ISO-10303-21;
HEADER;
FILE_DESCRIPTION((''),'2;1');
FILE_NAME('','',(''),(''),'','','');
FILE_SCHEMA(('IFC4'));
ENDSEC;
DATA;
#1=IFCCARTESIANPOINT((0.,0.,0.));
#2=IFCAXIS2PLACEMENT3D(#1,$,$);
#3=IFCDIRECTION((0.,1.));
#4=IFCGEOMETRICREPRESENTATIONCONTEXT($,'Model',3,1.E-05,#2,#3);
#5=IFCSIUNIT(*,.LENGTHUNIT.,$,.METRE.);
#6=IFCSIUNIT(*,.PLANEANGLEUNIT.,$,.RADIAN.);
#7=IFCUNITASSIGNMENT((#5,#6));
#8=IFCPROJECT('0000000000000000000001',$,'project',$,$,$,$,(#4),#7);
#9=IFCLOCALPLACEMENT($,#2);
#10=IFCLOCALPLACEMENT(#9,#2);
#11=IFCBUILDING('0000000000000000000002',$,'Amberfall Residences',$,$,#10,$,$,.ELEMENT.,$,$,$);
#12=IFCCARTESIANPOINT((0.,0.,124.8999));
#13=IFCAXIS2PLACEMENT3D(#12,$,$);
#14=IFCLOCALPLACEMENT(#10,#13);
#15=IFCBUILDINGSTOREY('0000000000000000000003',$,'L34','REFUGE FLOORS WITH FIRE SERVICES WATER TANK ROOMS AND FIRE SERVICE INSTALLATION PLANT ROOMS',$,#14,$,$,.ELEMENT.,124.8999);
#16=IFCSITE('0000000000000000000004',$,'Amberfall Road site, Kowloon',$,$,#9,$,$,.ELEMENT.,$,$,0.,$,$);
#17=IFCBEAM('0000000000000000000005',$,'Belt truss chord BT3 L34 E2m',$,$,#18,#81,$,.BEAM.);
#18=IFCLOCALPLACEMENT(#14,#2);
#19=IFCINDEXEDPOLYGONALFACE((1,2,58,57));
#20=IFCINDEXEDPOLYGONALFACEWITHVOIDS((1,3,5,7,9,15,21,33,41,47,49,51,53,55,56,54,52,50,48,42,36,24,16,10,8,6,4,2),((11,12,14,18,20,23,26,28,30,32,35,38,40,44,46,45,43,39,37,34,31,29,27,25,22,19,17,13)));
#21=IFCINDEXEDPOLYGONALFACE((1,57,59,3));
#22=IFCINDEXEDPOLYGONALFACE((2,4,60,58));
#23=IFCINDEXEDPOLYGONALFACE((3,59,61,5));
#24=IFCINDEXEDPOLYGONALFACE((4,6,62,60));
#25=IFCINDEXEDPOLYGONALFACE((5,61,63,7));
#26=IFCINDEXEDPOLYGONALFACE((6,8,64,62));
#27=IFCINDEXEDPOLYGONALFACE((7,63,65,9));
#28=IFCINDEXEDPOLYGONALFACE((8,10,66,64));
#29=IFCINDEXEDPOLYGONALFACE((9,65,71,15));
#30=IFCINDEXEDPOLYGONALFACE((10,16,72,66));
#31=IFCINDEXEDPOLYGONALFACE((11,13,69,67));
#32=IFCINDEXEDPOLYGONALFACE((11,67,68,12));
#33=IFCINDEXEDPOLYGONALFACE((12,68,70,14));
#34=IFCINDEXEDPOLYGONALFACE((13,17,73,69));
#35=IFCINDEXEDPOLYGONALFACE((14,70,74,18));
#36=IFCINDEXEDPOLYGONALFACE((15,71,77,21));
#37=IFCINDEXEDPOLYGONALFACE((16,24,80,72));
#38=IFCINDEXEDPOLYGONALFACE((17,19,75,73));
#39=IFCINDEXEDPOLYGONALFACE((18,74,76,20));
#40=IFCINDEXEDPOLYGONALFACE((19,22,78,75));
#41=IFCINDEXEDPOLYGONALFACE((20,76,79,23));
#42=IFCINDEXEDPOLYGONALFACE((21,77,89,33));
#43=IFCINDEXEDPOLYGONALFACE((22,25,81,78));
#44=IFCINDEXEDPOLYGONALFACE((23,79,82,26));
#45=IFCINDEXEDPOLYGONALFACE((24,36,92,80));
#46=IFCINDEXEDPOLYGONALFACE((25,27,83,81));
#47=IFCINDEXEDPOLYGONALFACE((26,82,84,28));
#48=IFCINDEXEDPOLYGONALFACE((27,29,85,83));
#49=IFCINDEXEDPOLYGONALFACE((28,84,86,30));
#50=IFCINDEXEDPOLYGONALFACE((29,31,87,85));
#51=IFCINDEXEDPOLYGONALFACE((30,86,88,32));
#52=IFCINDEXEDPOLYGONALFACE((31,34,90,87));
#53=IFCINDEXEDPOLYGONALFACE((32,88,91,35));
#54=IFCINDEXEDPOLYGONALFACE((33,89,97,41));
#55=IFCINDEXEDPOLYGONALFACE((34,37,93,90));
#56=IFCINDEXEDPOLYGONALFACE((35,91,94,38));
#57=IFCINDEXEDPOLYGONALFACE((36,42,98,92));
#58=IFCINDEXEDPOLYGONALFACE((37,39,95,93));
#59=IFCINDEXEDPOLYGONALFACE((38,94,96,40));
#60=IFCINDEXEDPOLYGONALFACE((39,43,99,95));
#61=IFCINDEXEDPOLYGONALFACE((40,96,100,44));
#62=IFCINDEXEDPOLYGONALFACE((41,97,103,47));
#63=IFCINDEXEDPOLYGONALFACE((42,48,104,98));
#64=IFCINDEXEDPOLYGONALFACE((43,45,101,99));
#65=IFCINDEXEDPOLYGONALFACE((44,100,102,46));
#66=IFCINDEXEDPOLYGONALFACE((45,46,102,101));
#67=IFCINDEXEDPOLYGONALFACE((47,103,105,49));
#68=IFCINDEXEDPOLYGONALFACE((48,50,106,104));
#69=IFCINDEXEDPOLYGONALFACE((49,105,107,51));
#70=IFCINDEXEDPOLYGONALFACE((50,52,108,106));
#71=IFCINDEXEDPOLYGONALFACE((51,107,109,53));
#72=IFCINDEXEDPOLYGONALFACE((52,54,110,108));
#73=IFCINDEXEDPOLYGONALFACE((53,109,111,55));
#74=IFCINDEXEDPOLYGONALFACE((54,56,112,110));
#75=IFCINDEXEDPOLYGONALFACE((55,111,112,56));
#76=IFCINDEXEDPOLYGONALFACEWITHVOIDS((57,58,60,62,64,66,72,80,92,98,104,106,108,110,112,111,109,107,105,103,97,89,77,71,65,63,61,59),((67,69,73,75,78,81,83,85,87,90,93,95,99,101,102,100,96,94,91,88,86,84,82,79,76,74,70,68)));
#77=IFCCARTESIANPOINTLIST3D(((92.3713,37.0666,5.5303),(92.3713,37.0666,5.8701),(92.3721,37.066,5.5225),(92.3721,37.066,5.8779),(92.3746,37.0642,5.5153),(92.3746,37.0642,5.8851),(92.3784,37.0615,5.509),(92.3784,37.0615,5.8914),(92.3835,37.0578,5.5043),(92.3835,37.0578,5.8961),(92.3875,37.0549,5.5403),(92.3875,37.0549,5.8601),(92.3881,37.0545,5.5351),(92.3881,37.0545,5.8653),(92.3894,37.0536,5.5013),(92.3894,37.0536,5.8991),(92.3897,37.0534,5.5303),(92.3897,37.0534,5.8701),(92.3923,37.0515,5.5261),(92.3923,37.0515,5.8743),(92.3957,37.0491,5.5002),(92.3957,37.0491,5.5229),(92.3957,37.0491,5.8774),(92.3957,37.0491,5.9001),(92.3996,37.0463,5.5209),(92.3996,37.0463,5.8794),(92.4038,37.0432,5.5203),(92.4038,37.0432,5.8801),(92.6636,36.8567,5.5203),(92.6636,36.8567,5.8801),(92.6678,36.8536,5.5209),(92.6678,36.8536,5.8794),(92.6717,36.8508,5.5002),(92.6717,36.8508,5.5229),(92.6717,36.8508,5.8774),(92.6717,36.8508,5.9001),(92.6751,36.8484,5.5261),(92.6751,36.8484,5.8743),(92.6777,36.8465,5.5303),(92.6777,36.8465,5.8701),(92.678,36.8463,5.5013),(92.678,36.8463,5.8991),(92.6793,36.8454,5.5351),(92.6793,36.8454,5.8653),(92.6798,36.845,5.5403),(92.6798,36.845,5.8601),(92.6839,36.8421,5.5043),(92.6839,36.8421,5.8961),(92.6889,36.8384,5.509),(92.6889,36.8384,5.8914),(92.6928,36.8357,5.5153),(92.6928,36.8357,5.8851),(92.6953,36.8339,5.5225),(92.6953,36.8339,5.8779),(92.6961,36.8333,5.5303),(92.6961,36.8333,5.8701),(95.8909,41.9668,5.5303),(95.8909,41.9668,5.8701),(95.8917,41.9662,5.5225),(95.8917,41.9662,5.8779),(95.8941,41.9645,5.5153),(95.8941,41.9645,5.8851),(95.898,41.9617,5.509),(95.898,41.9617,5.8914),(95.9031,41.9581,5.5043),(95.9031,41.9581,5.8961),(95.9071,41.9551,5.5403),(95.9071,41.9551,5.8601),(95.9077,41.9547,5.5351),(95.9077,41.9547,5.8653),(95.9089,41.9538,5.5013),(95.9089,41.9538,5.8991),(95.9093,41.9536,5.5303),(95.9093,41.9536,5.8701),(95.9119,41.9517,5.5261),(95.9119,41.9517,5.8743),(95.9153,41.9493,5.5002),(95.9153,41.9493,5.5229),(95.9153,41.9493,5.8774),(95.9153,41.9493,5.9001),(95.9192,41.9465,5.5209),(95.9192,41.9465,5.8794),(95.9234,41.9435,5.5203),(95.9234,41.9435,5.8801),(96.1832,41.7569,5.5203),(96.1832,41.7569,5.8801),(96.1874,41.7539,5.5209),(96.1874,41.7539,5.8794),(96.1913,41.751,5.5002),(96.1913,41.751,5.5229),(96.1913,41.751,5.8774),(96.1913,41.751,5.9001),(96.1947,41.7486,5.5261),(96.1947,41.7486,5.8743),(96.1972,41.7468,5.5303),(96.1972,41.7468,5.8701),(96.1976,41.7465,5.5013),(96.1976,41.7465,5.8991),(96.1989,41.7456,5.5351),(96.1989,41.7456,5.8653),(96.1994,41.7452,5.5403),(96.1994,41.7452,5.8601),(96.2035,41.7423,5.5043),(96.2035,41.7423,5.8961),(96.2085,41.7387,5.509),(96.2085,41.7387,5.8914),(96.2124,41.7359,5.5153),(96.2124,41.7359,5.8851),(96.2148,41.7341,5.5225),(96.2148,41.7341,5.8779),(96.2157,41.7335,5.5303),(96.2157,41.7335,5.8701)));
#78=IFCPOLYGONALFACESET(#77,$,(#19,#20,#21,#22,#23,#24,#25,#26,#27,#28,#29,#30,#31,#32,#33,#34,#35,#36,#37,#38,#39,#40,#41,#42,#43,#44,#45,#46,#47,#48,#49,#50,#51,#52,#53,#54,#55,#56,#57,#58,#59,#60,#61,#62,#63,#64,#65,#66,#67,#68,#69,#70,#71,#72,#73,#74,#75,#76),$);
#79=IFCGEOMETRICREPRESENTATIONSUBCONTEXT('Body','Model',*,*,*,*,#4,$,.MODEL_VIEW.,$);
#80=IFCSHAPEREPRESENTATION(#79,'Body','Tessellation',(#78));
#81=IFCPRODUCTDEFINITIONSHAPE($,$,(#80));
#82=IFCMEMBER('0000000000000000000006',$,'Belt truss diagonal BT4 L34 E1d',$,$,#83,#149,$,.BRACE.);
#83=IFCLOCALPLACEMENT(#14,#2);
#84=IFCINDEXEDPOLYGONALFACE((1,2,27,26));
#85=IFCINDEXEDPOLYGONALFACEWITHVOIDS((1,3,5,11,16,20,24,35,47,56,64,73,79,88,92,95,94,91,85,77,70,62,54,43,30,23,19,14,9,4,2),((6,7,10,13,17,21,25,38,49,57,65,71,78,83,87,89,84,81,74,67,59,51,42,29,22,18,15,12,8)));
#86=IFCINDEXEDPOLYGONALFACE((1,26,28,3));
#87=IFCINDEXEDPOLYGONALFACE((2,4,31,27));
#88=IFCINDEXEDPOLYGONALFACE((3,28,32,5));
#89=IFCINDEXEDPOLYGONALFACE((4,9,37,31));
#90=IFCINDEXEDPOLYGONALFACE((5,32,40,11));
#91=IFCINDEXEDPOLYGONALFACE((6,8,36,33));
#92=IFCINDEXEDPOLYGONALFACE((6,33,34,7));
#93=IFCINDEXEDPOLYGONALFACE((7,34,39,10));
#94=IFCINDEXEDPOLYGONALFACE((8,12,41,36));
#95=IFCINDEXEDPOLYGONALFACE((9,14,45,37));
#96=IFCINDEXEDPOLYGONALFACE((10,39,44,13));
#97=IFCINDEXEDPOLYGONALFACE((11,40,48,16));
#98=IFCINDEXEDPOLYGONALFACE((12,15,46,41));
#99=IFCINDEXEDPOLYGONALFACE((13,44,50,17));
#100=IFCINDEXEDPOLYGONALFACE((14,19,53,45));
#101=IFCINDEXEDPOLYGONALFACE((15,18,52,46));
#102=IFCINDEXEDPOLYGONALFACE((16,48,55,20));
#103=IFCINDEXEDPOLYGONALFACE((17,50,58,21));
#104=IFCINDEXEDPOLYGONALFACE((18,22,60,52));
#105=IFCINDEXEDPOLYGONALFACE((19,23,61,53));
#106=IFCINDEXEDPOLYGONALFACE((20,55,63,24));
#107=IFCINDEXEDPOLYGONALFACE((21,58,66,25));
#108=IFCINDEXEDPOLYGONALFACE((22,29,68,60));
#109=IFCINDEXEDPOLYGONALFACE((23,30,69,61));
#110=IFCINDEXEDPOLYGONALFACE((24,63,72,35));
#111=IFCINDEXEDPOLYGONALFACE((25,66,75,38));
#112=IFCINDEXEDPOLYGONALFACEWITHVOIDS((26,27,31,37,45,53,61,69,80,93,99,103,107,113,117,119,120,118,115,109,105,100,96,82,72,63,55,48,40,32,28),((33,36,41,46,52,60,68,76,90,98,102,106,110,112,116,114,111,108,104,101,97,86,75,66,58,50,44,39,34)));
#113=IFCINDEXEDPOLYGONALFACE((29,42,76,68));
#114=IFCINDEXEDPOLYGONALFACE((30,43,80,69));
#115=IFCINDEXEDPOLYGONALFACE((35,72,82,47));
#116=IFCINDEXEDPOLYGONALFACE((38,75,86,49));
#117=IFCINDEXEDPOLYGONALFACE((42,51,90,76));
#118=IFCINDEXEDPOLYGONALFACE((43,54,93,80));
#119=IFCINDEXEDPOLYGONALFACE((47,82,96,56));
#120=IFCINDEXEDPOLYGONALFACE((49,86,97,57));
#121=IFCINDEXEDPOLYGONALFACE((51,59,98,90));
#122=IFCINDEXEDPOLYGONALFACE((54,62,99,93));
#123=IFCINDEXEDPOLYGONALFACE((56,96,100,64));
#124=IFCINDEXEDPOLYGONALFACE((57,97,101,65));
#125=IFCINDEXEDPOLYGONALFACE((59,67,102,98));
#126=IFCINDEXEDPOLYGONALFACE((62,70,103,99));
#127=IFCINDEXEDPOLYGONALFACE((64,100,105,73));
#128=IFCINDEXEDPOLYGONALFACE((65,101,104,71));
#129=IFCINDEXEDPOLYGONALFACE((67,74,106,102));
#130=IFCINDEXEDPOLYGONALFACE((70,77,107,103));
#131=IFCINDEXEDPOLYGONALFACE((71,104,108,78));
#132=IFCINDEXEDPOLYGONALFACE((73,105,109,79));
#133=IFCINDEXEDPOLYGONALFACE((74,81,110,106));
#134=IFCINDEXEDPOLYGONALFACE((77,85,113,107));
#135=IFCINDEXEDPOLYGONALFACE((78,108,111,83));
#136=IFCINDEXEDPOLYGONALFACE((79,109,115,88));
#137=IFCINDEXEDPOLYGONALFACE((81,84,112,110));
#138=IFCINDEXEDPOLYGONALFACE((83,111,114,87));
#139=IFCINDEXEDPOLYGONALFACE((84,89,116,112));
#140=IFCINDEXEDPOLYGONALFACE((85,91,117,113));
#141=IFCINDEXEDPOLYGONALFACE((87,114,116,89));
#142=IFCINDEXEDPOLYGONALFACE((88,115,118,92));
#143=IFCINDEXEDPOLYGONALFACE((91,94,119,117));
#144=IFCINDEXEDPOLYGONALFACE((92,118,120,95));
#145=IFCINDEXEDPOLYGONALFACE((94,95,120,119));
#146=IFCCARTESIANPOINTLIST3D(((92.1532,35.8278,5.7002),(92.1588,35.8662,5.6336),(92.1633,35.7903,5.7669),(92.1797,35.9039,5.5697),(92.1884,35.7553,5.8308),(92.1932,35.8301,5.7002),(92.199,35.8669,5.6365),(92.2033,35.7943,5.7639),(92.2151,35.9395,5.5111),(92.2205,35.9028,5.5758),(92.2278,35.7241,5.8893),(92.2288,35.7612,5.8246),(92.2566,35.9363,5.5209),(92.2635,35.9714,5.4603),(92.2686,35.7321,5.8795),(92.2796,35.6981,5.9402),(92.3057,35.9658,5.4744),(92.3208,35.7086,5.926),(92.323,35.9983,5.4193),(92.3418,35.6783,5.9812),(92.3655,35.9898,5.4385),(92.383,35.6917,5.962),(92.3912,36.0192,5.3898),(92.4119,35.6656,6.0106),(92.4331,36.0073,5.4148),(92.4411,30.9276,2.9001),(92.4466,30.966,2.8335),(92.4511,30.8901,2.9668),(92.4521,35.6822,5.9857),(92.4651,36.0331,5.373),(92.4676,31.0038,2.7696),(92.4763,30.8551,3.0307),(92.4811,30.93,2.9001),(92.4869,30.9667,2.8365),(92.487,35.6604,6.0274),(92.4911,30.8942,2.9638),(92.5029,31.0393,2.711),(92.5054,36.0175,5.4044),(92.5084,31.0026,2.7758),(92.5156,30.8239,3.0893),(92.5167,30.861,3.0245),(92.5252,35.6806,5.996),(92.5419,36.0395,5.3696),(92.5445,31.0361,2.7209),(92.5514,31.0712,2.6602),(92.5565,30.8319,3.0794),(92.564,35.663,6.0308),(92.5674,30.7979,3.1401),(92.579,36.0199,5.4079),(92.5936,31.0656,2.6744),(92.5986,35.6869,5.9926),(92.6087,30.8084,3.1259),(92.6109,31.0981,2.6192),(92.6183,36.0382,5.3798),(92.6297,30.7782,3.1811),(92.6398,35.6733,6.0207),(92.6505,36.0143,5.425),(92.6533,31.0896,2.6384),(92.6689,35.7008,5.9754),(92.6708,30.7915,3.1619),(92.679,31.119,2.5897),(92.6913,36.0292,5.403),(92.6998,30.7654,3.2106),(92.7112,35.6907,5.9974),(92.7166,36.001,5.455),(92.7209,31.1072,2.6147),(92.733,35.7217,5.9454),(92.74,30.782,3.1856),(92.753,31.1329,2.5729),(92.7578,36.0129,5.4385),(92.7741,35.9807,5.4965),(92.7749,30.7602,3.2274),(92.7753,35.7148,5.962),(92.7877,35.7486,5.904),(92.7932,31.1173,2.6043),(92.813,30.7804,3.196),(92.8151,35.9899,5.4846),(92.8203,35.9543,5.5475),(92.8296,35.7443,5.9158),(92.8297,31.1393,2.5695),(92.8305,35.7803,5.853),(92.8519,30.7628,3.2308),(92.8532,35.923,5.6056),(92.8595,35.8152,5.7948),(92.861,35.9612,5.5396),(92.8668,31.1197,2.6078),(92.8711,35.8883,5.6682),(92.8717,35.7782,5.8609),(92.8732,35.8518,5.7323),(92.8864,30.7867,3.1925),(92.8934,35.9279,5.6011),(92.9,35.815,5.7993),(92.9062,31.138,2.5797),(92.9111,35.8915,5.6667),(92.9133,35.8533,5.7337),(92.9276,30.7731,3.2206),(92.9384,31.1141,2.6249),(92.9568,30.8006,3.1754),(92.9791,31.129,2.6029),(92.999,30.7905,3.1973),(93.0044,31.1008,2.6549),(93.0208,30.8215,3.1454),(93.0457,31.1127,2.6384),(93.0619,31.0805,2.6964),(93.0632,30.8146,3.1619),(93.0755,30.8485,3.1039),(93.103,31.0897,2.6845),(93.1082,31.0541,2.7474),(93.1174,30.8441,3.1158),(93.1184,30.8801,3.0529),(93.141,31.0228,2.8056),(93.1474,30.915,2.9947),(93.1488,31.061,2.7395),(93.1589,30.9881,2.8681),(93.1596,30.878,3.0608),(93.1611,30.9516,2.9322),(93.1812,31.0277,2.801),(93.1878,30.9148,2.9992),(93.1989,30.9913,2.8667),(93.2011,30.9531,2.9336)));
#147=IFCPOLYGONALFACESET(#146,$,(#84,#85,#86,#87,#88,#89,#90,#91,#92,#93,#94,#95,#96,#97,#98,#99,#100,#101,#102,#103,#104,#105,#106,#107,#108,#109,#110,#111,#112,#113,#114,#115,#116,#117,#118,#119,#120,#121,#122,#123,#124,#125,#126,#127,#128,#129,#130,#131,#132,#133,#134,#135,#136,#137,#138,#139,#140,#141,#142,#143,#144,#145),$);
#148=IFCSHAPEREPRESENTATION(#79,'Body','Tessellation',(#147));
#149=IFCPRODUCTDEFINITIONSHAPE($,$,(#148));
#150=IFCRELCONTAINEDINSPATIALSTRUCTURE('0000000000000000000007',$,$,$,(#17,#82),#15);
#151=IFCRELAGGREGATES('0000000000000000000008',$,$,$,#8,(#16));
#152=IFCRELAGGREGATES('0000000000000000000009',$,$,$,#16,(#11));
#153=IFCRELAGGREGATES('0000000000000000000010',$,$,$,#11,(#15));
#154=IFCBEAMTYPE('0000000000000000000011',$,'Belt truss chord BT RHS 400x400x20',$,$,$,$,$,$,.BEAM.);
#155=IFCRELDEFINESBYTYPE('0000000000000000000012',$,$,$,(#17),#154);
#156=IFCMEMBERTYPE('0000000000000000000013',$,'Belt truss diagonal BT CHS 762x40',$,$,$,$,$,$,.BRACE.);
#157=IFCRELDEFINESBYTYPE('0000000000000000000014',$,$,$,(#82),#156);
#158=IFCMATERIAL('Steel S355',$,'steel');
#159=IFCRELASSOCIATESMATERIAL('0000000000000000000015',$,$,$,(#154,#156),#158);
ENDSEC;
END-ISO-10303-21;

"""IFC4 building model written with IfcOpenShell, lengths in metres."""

from ifc_helpers import new_model, si_unit, direction, frame, origin, origin_2d, place, context, subcontext, project, spatial, hollow_rectangle, hollow_circle, extrude, material, material_profile, profile_set, type_object, element, save


model = new_model("IFC4")

# Units and contexts
model_context = context("Model", 3, precision=1e-05, world=origin(), true_north=direction((0.0, 1.0)))
body_context = subcontext(model_context, "Body", "Model", "MODEL_VIEW")
ifc_project = project(units=[si_unit("LENGTHUNIT", "METRE"), si_unit("PLANEANGLEUNIT", "RADIAN")], contexts=[model_context])

# Site, building, storey
site_placement = place(None, origin())
site = spatial("IfcSite", under=ifc_project, at=site_placement, Name="Amberfall Road site, Kowloon", CompositionType="ELEMENT", RefElevation=0.0)
building_placement = place(site_placement, origin())
building = spatial("IfcBuilding", under=site, at=building_placement, Name="Amberfall Residences", CompositionType="ELEMENT")
storey_placement = place(building_placement, frame((0.0, 0.0, 124.8999)))
storey = spatial("IfcBuildingStorey", under=building, at=storey_placement, Name="L34", Description="REFUGE FLOORS WITH FIRE SERVICES WATER TANK ROOMS AND FIRE SERVICE INSTALLATION PLANT ROOMS", CompositionType="ELEMENT", Elevation=124.8999)

# Beam
ifc_material_1 = material(Name="Steel S355", Category="steel")
ifc_material_profile_1 = material_profile(ifc_material_1, hollow_rectangle(XDim=0.3999, YDim=0.3999, WallThickness=0.02, InnerFilletRadius=0.02, OuterFilletRadius=0.03, at=origin_2d()), Name="RHS 400x400x20")
ifc_profile_set_1 = profile_set([ifc_material_profile_1], Name="Steel S355")
beam_type_1 = type_object("IfcBeamType", Name="Belt truss chord BT RHS 400x400x20", PredefinedType="BEAM", material=ifc_profile_set_1)
beam_1_placement = place(storey_placement, frame((92.5337, 36.95, 5.7002), z_axis=(0.583368, 0.812208, 0.0), x_axis=(-0.812208, 0.583368, 0.0)))
element("IfcBeam", 1, at=beam_1_placement, inside=storey, type_object=beam_type_1, Name="Belt truss chord BT3 L34 E2m", PredefinedType="BEAM", context=body_context, shape_type="SweptSolid", body=[
    extrude(hollow_rectangle(XDim=0.3999, YDim=0.3999, WallThickness=0.02, InnerFilletRadius=0.02, OuterFilletRadius=0.03, at=origin_2d()), origin(), (0.0, 0.0, 1.0), 6.0332),
])

# Member
ifc_material_profile_2 = material_profile(ifc_material_1, hollow_circle(Radius=0.3811, WallThickness=0.04, at=origin_2d()), Name="CHS 762x40")
ifc_profile_set_2 = profile_set([ifc_material_profile_2], Name="Steel S355")
member_type = type_object("IfcMemberType", Name="Belt truss diagonal BT CHS 762x40", PredefinedType="BRACE", material=ifc_profile_set_2)
member_1_placement = place(storey_placement, frame((92.8215, 30.95, 2.9001), z_axis=(-0.050936, 0.867119, 0.49549), x_axis=(-0.998279, -0.05864, 0.0)))
element("IfcMember", 2, at=member_1_placement, inside=storey, type_object=member_type, Name="Belt truss diagonal BT4 L34 E1d", PredefinedType="BRACE", context=body_context, shape_type="SweptSolid", body=[
    extrude(hollow_circle(Radius=0.3811, WallThickness=0.04, at=origin_2d()), origin(), (0.0, 0.0, 1.0), 5.6511),
])

save(model, "model.ifc")
